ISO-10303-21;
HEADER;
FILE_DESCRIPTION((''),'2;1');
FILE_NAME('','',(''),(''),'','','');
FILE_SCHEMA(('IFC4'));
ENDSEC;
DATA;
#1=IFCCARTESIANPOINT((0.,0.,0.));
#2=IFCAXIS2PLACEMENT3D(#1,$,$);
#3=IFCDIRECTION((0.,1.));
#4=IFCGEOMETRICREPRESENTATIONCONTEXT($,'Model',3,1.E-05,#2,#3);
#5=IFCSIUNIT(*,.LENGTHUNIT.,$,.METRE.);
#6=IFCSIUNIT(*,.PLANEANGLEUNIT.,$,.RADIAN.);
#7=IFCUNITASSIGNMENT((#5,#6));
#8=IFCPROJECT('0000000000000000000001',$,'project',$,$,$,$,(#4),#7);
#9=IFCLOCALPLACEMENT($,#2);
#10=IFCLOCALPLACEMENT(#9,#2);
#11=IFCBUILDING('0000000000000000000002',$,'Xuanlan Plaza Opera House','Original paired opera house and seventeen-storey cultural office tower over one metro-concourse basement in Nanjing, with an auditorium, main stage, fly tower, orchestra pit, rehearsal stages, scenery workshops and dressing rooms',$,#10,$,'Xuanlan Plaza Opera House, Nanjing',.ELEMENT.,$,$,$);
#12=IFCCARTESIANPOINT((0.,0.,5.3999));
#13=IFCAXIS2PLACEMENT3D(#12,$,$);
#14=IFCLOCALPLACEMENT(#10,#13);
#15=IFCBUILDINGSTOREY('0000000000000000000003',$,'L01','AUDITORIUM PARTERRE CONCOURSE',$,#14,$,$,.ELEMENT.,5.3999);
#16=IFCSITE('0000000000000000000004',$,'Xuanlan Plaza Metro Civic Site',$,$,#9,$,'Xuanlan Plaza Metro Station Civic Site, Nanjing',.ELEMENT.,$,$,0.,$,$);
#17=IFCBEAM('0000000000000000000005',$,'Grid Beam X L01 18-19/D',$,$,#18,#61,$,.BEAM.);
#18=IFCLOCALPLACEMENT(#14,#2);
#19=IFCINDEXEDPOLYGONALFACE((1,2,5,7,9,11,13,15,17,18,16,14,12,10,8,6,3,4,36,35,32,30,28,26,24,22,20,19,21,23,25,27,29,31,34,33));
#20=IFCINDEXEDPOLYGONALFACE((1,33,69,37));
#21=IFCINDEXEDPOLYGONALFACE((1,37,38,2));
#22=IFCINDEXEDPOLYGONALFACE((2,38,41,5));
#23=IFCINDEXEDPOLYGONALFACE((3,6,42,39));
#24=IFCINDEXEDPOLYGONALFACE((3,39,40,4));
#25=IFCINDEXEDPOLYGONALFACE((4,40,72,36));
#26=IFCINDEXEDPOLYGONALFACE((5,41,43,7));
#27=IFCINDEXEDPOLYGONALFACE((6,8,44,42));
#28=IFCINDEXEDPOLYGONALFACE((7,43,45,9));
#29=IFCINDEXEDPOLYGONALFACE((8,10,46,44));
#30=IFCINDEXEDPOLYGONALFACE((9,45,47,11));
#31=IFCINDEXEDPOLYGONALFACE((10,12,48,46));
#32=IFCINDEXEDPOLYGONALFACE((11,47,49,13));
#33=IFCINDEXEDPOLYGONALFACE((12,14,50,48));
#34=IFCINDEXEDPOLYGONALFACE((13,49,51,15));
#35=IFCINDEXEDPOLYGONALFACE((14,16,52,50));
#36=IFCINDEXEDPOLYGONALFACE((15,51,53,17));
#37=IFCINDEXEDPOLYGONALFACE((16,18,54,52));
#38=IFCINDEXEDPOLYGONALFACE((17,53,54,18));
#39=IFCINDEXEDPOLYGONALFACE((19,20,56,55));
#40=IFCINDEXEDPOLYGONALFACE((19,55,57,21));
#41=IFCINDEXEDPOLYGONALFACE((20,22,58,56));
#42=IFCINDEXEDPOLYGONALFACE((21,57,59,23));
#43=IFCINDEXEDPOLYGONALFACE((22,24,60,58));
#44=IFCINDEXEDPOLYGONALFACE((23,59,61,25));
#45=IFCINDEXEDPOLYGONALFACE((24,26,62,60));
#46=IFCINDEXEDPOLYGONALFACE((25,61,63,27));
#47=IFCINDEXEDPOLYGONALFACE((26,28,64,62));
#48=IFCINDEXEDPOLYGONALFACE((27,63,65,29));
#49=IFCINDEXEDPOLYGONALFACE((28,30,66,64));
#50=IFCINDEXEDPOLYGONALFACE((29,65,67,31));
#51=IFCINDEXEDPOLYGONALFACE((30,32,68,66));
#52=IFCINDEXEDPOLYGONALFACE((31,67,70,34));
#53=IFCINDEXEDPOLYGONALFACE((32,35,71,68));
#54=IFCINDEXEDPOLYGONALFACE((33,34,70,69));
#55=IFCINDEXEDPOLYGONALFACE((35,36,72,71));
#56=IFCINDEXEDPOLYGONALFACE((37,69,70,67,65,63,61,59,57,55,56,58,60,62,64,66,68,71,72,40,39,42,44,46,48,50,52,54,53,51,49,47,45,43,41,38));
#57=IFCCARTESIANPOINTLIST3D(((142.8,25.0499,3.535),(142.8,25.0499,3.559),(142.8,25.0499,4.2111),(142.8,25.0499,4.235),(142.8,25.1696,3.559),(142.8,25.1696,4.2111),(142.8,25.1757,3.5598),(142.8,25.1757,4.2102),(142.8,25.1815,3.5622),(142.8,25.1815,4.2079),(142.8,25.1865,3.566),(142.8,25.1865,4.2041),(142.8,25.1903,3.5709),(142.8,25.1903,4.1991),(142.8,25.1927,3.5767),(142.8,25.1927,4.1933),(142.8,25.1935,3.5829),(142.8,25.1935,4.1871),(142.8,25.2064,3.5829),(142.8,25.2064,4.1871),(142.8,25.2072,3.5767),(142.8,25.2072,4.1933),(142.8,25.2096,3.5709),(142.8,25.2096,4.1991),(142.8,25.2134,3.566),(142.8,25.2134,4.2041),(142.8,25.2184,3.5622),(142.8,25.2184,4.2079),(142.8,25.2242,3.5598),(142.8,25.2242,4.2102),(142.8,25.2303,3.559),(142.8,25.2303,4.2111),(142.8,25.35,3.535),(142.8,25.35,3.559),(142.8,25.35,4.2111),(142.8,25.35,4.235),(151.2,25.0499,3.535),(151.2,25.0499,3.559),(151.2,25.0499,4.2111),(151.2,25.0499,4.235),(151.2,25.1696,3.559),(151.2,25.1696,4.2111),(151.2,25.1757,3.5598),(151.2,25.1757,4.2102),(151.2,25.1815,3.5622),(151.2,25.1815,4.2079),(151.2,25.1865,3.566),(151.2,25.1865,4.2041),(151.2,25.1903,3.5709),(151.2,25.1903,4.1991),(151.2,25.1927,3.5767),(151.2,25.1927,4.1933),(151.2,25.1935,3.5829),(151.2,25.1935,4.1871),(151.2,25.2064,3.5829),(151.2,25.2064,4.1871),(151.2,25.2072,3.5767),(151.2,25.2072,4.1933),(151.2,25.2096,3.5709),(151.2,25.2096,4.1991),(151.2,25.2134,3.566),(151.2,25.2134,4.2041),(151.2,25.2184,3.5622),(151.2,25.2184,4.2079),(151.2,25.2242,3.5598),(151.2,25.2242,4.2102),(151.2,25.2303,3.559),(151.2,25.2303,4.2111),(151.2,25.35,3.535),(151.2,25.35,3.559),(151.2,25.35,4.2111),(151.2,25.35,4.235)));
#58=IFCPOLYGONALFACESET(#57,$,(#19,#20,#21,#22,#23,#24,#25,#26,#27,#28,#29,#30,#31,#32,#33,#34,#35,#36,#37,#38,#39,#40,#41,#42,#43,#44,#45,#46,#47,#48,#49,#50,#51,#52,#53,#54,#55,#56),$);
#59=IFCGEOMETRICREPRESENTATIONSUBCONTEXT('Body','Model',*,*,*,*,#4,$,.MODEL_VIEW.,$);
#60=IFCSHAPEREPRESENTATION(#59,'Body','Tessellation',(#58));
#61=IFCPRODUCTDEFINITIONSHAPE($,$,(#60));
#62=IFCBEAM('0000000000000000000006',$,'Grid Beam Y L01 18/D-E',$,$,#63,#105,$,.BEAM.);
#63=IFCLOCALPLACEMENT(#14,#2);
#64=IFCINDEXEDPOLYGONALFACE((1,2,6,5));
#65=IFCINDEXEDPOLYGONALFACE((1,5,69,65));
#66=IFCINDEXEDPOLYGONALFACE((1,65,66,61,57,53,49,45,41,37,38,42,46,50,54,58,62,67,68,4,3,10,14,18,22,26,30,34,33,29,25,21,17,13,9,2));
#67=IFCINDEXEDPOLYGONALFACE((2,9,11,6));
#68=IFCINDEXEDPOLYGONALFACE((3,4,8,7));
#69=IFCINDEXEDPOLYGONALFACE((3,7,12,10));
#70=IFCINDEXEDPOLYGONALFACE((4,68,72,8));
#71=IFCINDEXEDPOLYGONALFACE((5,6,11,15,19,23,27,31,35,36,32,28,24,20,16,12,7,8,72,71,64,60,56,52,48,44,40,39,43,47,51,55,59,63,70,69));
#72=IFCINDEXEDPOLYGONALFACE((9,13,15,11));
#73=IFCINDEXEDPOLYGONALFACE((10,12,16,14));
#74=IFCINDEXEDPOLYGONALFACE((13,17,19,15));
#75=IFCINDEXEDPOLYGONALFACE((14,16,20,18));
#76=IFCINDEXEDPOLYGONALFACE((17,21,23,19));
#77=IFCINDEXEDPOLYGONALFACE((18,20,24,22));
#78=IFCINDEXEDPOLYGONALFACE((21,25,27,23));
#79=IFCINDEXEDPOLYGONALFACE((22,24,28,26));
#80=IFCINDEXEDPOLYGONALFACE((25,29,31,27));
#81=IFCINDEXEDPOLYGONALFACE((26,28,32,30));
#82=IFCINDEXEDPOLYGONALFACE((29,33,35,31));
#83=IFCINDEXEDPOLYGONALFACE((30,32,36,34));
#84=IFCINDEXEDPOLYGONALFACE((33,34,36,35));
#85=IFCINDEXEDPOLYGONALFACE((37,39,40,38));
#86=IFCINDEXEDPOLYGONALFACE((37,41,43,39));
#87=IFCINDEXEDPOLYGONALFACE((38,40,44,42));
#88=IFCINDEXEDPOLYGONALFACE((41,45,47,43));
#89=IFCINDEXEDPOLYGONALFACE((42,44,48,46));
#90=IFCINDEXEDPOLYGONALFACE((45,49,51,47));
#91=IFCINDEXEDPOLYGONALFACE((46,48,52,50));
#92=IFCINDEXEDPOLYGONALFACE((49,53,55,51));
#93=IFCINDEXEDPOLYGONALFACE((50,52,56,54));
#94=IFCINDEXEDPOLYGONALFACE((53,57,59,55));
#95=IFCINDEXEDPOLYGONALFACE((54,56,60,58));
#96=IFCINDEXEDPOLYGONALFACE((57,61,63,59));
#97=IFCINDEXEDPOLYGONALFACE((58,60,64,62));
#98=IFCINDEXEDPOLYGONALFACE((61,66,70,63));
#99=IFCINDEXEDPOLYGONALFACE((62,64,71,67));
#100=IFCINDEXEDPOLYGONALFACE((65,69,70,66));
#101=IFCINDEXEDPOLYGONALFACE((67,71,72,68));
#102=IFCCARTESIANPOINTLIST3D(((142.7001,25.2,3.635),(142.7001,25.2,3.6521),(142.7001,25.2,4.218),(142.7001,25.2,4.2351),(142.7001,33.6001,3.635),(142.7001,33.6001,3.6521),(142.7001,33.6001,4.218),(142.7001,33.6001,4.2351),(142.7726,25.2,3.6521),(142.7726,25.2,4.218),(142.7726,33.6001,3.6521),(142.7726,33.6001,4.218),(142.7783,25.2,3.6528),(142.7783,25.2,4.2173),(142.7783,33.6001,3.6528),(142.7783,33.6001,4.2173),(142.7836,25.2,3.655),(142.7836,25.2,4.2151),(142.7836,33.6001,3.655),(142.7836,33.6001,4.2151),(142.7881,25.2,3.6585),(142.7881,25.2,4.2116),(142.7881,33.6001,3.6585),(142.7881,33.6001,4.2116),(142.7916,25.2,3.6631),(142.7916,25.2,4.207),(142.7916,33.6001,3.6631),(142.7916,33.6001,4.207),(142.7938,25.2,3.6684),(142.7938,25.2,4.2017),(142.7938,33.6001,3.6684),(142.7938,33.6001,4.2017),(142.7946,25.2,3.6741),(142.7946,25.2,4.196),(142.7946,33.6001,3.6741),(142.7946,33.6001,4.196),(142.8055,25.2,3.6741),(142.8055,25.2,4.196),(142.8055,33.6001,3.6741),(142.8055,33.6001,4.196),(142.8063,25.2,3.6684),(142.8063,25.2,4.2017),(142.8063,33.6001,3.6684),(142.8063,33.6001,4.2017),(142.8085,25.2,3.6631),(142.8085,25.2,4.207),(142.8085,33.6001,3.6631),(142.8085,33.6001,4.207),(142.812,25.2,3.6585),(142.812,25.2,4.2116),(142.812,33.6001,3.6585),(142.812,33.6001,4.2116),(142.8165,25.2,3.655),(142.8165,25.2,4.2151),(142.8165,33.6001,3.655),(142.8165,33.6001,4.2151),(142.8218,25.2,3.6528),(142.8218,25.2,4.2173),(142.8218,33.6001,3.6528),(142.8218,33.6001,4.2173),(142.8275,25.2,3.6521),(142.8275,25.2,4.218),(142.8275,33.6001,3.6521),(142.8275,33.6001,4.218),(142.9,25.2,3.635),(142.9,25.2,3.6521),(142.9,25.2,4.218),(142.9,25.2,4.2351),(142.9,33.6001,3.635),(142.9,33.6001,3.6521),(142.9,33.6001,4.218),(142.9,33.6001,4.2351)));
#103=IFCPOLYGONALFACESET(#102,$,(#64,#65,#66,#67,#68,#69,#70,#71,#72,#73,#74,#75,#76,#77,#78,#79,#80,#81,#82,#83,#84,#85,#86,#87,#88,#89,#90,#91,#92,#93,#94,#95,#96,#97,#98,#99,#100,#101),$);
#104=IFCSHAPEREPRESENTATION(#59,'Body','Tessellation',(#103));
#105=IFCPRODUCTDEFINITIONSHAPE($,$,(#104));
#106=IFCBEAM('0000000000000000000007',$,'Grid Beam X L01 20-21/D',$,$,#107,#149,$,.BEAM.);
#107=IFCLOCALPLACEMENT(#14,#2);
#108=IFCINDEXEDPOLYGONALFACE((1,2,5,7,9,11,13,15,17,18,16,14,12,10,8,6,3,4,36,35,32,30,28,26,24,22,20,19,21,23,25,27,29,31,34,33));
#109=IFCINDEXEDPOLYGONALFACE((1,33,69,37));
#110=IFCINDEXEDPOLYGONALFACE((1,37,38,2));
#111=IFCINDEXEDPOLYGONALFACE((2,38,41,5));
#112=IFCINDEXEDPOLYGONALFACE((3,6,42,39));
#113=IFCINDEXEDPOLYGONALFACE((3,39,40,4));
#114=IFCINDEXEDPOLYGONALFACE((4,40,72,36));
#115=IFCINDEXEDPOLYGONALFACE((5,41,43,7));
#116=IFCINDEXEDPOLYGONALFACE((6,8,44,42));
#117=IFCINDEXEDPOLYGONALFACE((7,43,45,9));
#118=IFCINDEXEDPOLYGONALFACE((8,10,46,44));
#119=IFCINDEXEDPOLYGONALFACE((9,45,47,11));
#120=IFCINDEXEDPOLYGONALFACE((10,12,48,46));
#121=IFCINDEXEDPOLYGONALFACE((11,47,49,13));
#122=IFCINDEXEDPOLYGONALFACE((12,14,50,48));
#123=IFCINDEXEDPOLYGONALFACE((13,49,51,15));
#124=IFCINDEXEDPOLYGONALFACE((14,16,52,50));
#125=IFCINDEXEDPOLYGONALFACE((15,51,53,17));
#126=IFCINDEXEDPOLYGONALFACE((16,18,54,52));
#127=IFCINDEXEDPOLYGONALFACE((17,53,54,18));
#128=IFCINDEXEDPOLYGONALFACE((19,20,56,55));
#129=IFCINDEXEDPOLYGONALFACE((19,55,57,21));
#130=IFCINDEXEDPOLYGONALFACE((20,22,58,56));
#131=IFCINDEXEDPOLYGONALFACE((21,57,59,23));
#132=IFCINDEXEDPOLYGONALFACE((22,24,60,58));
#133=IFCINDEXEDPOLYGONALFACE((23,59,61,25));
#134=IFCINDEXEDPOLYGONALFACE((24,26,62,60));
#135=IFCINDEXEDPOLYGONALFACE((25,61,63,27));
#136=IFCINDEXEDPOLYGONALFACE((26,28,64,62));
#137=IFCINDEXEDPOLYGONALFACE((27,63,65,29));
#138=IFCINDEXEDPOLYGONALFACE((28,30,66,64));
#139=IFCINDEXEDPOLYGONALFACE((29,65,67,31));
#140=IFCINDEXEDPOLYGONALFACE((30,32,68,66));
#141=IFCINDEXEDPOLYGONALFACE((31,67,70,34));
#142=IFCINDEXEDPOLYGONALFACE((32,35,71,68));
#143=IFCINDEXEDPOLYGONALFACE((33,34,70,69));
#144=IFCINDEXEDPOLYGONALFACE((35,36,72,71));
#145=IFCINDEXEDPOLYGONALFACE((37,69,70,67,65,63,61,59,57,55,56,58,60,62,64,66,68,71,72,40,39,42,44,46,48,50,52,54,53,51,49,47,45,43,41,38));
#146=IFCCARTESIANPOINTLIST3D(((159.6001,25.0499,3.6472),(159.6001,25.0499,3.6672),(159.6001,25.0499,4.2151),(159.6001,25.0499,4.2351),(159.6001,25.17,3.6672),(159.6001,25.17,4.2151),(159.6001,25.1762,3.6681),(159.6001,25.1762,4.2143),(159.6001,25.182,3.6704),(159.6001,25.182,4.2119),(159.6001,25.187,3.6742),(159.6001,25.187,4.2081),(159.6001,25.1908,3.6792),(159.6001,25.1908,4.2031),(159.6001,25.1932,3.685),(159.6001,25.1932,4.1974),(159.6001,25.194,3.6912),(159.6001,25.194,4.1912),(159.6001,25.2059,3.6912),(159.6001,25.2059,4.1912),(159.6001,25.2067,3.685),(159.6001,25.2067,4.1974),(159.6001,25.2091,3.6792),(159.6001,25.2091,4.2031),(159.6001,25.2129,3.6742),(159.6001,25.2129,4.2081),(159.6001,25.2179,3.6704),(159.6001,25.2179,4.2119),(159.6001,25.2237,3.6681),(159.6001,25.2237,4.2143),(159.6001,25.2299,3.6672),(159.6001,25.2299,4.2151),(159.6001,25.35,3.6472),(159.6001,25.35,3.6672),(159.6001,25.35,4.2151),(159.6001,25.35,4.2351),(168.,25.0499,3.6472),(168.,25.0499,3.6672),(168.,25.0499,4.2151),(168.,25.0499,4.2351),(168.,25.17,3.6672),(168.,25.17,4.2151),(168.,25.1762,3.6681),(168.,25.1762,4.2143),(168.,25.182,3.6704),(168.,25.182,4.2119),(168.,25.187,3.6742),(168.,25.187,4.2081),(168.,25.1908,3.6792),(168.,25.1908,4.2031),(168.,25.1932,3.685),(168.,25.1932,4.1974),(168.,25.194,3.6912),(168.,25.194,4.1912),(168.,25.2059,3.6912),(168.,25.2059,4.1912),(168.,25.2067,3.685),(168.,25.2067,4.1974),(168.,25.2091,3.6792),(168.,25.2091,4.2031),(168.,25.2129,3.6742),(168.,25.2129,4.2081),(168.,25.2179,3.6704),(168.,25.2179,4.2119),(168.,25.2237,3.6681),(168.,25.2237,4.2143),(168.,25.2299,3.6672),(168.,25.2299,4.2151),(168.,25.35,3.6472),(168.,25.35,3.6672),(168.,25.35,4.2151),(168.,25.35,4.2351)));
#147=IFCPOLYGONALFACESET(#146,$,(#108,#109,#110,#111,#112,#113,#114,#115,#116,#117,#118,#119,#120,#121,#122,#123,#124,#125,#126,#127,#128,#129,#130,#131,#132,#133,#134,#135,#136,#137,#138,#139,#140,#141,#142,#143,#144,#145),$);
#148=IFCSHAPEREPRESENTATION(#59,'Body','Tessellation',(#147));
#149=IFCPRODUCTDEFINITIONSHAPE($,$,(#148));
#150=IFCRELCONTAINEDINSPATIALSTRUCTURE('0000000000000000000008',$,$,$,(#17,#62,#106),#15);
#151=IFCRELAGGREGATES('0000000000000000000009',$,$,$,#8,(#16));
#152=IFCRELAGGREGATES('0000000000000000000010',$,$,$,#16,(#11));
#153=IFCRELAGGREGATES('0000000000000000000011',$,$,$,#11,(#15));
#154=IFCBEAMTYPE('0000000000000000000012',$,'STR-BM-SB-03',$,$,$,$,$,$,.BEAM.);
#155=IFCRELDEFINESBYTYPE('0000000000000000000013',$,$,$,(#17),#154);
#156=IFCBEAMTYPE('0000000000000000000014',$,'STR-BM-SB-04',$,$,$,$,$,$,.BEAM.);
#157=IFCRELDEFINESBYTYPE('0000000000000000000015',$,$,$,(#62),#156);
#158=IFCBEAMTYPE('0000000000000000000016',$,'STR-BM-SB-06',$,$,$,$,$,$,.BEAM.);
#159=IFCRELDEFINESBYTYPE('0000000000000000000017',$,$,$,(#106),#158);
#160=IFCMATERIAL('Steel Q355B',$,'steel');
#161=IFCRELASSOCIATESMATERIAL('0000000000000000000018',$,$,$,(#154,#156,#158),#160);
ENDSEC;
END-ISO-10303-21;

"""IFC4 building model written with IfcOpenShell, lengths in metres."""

from ifc_helpers import new_model, si_unit, direction, frame, origin, origin_2d, place, context, subcontext, project, spatial, i_section, extrude, material, material_profile, profile_set, type_object, element, save


model = new_model("IFC4")

# Units and contexts
model_context = context("Model", 3, precision=1e-05, world=origin(), true_north=direction((0.0, 1.0)))
body_context = subcontext(model_context, "Body", "Model", "MODEL_VIEW")
ifc_project = project(units=[si_unit("LENGTHUNIT", "METRE"), si_unit("PLANEANGLEUNIT", "RADIAN")], contexts=[model_context])

# Site, building, storey
site_placement = place(None, origin())
site = spatial("IfcSite", under=ifc_project, at=site_placement, Name="Xuanlan Plaza Metro Civic Site", LongName="Xuanlan Plaza Metro Station Civic Site, Nanjing", CompositionType="ELEMENT", RefElevation=0.0)
building_placement = place(site_placement, origin())
building = spatial("IfcBuilding", under=site, at=building_placement, Name="Xuanlan Plaza Opera House", Description="Original paired opera house and seventeen-storey cultural office tower over one metro-concourse basement in Nanjing, with an auditorium, main stage, fly tower, orchestra pit, rehearsal stages, scenery workshops and dressing rooms", LongName="Xuanlan Plaza Opera House, Nanjing", CompositionType="ELEMENT")
storey_placement = place(building_placement, frame((0.0, 0.0, 5.3999)))
storey = spatial("IfcBuildingStorey", under=building, at=storey_placement, Name="L01", Description="AUDITORIUM PARTERRE CONCOURSE", CompositionType="ELEMENT", Elevation=5.3999)

# Beams
ifc_material_1 = material(Name="Steel Q355B", Category="steel")
ifc_material_profile_1 = material_profile(ifc_material_1, i_section(OverallWidth=0.3, OverallDepth=0.7, WebThickness=0.0129, FlangeThickness=0.0239, FilletRadius=0.0239, at=origin_2d()), Name="HN 700x300x13x24")
ifc_profile_set_1 = profile_set([ifc_material_profile_1], Name="Steel Q355B")
beam_type_1 = type_object("IfcBeamType", Name="STR-BM-SB-03", PredefinedType="BEAM", material=ifc_profile_set_1)
beam_1_placement = place(storey_placement, frame((142.8, 25.2, 3.885), z_axis=(1.0, 0.0, 0.0), x_axis=(0.0, 1.0, 0.0)))
element("IfcBeam", 1, at=beam_1_placement, inside=storey, type_object=beam_type_1, Name="Grid Beam X L01 18-19/D", PredefinedType="BEAM", context=body_context, shape_type="SweptSolid", body=[
    extrude(i_section(OverallWidth=0.3, OverallDepth=0.7, WebThickness=0.0129, FlangeThickness=0.0239, FilletRadius=0.0239, at=origin_2d()), origin(), (0.0, 0.0, 1.0), 8.3999),
])
ifc_material_profile_2 = material_profile(ifc_material_1, i_section(OverallWidth=0.2, OverallDepth=0.6001, WebThickness=0.011, FlangeThickness=0.0171, FilletRadius=0.022, at=origin_2d()), Name="HN 600x200x11x17")
ifc_profile_set_2 = profile_set([ifc_material_profile_2], Name="Steel Q355B")
beam_type_2 = type_object("IfcBeamType", Name="STR-BM-SB-04", PredefinedType="BEAM", material=ifc_profile_set_2)
beam_2_placement = place(storey_placement, frame((142.8, 25.2, 3.9351), z_axis=(0.0, 1.0, 0.0), x_axis=(-1.0, 0.0, 0.0)))
element("IfcBeam", 2, at=beam_2_placement, inside=storey, type_object=beam_type_2, Name="Grid Beam Y L01 18/D-E", PredefinedType="BEAM", context=body_context, shape_type="SweptSolid", body=[
    extrude(i_section(OverallWidth=0.2, OverallDepth=0.6001, WebThickness=0.011, FlangeThickness=0.0171, FilletRadius=0.022, at=origin_2d()), origin(), (0.0, 0.0, 1.0), 8.4001),
])
ifc_material_profile_3 = material_profile(ifc_material_1, i_section(OverallWidth=0.3, OverallDepth=0.5879, WebThickness=0.012, FlangeThickness=0.02, FilletRadius=0.0239, at=origin_2d()), Name="HM 588x300x12x20")
ifc_profile_set_3 = profile_set([ifc_material_profile_3], Name="Steel Q355B")
beam_type_3 = type_object("IfcBeamType", Name="STR-BM-SB-06", PredefinedType="BEAM", material=ifc_profile_set_3)
beam_3_placement = place(storey_placement, frame((159.6001, 25.2, 3.9412), z_axis=(1.0, 0.0, 0.0), x_axis=(0.0, 1.0, 0.0)))
element("IfcBeam", 3, at=beam_3_placement, inside=storey, type_object=beam_type_3, Name="Grid Beam X L01 20-21/D", PredefinedType="BEAM", context=body_context, shape_type="SweptSolid", body=[
    extrude(i_section(OverallWidth=0.3, OverallDepth=0.5879, WebThickness=0.012, FlangeThickness=0.02, FilletRadius=0.0239, at=origin_2d()), origin(), (0.0, 0.0, 1.0), 8.3999),
])

save(model, "model.ifc")
